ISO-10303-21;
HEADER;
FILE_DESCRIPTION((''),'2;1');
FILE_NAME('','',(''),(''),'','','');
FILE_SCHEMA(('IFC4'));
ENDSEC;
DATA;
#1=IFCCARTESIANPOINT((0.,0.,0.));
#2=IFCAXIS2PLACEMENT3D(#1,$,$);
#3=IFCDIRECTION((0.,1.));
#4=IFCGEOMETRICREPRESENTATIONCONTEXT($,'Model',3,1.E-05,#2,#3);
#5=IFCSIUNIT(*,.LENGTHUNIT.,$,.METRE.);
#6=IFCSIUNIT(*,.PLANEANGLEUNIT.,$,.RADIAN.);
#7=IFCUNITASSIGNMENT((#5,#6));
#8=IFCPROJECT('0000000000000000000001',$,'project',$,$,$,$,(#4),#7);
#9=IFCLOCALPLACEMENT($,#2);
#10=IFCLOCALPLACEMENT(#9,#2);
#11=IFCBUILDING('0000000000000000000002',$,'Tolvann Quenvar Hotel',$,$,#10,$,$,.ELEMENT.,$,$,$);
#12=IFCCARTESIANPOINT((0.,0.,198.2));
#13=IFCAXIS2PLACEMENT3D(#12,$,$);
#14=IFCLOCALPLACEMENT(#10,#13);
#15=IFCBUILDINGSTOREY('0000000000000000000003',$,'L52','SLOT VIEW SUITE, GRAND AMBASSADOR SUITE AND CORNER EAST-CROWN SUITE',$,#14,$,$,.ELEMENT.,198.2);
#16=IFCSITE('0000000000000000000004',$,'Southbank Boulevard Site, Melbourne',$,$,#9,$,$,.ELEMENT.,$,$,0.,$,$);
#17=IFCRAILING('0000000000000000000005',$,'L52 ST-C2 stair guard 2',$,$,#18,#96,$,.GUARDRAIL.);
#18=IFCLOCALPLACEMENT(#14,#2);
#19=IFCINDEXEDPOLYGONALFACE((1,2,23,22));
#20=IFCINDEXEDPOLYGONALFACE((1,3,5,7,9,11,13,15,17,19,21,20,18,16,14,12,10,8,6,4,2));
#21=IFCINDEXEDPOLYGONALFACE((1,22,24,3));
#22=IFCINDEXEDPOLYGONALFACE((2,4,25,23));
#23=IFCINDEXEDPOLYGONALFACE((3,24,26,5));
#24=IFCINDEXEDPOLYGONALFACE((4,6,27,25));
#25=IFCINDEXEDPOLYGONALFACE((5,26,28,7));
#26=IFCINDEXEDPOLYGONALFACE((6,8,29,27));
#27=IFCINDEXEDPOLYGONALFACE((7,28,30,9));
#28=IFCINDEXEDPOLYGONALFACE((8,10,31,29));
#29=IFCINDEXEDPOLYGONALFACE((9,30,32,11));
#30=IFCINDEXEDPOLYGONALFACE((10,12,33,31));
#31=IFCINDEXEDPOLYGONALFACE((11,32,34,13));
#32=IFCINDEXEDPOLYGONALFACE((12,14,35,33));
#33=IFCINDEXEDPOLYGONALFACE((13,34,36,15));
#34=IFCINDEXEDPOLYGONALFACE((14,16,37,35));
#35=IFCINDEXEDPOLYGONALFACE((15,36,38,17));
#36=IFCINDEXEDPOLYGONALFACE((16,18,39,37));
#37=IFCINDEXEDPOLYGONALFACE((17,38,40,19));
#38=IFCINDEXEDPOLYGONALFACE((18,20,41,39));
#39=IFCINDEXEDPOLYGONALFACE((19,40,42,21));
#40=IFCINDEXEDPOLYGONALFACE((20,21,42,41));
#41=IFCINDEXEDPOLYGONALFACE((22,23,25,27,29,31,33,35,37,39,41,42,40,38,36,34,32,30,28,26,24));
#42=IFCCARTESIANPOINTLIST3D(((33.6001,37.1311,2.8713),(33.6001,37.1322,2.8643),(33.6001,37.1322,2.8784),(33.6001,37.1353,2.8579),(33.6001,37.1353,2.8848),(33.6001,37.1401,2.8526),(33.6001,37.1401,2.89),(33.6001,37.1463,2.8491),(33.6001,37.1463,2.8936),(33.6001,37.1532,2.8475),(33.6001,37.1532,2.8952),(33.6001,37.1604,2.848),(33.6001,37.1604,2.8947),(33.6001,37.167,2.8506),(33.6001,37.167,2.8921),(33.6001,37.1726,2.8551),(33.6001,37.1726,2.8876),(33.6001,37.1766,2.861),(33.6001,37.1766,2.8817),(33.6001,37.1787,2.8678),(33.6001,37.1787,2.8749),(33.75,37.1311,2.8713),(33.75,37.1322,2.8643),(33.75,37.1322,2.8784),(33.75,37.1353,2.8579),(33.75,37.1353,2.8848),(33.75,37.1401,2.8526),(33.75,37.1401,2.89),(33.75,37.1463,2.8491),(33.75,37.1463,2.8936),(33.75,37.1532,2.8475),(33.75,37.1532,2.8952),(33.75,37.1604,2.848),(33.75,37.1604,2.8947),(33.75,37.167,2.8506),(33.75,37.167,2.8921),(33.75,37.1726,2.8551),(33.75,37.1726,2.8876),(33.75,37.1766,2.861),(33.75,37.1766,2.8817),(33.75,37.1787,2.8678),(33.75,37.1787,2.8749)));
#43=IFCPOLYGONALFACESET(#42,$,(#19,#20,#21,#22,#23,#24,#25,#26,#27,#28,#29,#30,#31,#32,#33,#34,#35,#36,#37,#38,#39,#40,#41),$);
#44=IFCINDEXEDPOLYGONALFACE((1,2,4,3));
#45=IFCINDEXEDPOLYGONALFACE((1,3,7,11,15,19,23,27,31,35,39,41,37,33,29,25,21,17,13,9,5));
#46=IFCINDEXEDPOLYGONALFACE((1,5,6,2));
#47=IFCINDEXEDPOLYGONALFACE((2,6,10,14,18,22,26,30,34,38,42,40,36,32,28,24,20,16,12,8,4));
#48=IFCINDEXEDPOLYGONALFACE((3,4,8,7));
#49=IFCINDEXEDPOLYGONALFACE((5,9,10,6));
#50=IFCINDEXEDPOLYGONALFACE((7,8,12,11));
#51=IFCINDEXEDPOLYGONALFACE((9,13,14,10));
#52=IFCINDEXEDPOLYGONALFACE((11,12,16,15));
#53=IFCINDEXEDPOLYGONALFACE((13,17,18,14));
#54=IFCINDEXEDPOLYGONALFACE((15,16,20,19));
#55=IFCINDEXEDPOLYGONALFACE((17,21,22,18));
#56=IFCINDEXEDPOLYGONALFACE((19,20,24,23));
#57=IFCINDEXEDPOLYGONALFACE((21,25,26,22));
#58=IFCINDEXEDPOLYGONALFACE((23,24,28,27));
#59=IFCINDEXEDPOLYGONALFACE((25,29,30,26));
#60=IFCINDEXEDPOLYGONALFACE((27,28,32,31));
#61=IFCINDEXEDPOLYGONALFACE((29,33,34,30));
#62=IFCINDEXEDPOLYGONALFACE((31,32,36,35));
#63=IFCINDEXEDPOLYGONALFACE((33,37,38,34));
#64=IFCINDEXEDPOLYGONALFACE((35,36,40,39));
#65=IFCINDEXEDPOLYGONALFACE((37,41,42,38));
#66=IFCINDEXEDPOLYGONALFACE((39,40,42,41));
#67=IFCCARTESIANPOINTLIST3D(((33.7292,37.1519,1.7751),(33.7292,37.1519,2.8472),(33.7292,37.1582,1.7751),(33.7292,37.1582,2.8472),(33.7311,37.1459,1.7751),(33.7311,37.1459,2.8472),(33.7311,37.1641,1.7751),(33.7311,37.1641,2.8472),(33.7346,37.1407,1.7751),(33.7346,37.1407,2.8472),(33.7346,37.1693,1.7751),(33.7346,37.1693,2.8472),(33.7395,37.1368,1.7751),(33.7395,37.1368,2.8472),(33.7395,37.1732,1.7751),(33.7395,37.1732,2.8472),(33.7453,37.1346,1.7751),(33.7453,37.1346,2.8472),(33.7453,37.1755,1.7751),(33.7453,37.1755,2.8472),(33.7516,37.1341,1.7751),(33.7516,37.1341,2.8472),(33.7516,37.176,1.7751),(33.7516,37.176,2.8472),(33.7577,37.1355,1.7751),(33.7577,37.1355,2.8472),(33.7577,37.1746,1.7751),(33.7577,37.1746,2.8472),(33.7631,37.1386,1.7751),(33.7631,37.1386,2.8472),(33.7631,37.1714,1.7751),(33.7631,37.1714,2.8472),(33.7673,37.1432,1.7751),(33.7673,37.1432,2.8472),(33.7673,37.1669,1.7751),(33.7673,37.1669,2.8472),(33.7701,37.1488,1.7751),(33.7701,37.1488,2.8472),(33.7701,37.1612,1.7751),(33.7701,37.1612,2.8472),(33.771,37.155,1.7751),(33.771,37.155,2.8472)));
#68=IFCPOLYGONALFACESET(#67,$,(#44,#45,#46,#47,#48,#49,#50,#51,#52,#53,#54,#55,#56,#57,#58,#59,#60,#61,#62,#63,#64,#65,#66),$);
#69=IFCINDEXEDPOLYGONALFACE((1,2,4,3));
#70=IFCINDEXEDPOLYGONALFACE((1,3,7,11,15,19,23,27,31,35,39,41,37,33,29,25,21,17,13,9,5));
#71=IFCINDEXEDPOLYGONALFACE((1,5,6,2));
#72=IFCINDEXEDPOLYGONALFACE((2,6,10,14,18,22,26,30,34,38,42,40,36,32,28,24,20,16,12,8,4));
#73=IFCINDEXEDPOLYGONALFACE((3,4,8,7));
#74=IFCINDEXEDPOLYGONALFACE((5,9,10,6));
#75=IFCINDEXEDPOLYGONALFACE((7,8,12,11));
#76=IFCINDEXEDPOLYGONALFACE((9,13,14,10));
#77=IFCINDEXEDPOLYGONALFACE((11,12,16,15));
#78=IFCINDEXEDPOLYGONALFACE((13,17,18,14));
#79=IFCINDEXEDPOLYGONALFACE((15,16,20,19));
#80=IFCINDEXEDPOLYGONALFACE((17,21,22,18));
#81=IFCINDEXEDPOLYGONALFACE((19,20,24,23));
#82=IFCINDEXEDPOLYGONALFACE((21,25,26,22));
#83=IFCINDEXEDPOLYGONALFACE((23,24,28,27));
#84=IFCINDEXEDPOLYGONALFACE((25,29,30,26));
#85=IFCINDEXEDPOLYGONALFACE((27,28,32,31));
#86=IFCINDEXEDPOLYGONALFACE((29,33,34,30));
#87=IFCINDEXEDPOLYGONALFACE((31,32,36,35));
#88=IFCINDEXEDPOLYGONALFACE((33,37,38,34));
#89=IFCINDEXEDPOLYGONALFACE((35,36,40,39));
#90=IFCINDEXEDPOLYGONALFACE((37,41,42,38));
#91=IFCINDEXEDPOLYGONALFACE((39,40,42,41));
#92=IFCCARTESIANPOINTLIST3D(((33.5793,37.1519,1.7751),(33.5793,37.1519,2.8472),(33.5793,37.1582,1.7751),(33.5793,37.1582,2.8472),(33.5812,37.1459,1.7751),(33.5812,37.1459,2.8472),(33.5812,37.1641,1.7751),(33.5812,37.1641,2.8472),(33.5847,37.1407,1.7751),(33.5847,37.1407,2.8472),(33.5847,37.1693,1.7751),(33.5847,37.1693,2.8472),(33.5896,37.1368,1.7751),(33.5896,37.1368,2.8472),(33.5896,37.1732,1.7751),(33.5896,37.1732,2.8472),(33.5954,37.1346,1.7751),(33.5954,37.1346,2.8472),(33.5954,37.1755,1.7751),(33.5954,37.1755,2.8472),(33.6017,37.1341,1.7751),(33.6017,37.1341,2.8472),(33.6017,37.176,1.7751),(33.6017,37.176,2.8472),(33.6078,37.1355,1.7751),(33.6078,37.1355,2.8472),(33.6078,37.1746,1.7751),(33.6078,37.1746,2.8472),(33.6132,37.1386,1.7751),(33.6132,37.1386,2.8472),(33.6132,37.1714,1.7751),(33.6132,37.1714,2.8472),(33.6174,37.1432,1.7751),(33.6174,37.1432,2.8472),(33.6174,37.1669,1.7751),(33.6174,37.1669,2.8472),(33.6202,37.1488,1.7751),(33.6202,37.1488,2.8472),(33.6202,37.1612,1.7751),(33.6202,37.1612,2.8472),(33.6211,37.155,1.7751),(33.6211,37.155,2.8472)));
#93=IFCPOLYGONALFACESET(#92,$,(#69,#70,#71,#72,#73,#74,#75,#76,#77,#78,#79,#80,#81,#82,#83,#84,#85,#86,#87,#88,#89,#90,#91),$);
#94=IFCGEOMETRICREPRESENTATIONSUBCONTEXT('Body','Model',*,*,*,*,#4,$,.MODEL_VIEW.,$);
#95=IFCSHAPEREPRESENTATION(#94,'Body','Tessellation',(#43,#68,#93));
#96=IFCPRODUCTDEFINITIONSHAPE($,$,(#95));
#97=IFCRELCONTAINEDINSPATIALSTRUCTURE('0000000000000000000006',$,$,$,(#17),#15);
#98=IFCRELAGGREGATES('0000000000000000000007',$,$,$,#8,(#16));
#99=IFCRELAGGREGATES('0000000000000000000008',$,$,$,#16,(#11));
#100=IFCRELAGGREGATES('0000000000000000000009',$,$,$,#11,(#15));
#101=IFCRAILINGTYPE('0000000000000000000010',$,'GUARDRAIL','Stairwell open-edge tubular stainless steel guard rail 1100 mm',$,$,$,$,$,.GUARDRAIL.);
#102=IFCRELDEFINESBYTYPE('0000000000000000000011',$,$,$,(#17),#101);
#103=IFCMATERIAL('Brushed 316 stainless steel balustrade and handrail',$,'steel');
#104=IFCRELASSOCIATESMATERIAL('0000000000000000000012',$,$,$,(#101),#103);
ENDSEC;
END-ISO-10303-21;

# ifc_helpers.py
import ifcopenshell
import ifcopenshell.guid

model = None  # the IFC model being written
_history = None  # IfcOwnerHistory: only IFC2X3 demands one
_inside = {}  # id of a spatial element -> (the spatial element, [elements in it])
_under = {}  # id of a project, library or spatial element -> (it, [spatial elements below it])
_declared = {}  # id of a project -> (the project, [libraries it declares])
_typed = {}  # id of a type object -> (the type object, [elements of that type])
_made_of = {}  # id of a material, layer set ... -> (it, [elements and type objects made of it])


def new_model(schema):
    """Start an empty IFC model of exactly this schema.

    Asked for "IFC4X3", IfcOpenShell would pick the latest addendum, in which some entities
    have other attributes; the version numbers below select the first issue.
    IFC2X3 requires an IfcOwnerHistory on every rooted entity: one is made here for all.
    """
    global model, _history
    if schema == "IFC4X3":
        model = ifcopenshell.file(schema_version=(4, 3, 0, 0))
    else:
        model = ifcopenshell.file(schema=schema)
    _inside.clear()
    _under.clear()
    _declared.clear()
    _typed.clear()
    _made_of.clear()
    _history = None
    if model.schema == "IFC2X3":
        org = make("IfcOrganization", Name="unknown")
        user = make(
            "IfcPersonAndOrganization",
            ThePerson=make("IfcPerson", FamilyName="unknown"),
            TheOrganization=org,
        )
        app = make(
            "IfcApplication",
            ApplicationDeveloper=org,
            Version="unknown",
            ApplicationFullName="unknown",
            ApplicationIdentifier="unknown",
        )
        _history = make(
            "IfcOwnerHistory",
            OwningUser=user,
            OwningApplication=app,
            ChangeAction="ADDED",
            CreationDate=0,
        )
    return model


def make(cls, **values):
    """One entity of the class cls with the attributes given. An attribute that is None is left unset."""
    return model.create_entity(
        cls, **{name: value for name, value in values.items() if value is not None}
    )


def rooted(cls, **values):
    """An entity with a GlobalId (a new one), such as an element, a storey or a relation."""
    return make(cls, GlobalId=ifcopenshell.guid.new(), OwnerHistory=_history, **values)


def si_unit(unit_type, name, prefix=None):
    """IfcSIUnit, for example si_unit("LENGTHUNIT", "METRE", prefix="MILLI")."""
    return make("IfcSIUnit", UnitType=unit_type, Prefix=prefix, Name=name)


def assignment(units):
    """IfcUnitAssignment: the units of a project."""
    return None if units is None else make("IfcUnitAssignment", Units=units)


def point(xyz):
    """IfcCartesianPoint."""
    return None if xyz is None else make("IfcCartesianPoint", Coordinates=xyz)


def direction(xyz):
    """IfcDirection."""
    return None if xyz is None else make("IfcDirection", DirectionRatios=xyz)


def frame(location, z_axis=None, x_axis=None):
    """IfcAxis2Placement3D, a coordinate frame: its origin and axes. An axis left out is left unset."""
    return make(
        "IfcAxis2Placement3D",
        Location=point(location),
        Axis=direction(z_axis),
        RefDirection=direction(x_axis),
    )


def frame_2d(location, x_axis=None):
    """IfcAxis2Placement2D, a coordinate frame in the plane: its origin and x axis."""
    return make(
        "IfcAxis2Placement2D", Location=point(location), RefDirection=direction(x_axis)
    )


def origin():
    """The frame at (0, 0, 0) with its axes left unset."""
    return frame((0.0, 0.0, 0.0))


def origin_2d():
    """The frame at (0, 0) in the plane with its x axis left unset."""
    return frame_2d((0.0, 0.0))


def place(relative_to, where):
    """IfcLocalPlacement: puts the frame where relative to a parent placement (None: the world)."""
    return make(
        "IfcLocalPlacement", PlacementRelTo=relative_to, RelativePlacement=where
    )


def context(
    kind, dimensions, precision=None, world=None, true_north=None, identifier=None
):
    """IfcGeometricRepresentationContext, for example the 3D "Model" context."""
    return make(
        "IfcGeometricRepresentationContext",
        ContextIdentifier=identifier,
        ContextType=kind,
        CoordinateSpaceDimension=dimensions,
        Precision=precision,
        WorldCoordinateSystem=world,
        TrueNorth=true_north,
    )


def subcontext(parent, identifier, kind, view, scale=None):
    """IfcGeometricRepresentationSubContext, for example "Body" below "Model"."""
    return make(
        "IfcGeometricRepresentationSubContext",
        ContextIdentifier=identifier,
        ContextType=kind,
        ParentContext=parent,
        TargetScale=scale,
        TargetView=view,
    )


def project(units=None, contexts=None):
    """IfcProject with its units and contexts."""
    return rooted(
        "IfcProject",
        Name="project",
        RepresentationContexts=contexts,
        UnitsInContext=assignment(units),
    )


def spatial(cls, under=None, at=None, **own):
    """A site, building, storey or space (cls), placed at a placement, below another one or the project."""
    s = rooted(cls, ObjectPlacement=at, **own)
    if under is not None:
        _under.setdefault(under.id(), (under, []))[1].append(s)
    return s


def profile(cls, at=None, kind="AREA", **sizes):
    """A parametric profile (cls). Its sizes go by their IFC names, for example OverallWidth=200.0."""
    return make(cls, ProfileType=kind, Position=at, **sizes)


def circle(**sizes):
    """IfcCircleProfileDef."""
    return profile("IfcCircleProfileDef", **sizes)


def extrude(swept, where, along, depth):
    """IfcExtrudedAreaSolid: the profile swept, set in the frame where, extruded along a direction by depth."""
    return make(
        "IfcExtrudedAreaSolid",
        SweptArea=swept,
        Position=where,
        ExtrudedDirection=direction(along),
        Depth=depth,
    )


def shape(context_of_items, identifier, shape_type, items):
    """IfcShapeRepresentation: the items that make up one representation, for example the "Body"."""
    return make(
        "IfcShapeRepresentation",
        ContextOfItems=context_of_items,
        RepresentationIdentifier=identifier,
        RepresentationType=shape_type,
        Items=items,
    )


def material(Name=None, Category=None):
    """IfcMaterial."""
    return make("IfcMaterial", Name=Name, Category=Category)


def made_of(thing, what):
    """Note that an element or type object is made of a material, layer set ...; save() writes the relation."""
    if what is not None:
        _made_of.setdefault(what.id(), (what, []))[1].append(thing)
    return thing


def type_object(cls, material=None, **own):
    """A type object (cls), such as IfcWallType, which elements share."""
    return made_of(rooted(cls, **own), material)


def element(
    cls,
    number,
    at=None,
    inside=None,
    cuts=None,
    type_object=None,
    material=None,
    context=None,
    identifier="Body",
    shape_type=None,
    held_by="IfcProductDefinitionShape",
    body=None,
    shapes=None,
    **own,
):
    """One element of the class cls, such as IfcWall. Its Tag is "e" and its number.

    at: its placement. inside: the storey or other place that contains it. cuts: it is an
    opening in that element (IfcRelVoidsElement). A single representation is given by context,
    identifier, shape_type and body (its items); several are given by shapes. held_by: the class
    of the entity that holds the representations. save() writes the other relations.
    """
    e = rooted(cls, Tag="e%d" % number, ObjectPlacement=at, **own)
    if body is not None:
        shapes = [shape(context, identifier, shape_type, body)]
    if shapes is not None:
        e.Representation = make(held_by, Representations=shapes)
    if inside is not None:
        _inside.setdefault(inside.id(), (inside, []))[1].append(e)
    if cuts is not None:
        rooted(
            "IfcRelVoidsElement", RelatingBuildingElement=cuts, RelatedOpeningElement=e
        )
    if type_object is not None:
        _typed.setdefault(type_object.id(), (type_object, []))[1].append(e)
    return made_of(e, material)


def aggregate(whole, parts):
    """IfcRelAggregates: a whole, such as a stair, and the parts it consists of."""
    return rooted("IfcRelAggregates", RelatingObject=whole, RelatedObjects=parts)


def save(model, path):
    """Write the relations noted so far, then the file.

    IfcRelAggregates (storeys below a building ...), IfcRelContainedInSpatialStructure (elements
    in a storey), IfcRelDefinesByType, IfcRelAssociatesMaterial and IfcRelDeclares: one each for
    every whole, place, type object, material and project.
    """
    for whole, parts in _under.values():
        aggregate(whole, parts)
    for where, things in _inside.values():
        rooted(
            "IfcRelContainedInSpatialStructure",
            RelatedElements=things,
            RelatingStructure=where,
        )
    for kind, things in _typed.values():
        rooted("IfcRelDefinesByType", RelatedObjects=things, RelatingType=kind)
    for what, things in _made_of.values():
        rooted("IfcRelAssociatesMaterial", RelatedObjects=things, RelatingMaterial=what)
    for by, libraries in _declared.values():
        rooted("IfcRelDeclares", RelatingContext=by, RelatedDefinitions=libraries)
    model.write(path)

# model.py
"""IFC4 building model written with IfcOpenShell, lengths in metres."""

from ifc_helpers import new_model, si_unit, direction, frame, origin, origin_2d, place, context, subcontext, project, spatial, circle, extrude, material, type_object, element, save


model = new_model("IFC4")

# Units and contexts
model_context = context("Model", 3, precision=1e-05, world=origin(), true_north=direction((0.0, 1.0)))
body_context = subcontext(model_context, "Body", "Model", "MODEL_VIEW")
ifc_project = project(units=[si_unit("LENGTHUNIT", "METRE"), si_unit("PLANEANGLEUNIT", "RADIAN")], contexts=[model_context])

# Site, building, storey
site_placement = place(None, origin())
site = spatial("IfcSite", under=ifc_project, at=site_placement, Name="Southbank Boulevard Site, Melbourne", CompositionType="ELEMENT", RefElevation=0.0)
building_placement = place(site_placement, origin())
building = spatial("IfcBuilding", under=site, at=building_placement, Name="Tolvann Quenvar Hotel", CompositionType="ELEMENT")
storey_placement = place(building_placement, frame((0.0, 0.0, 198.2)))
storey = spatial("IfcBuildingStorey", under=building, at=storey_placement, Name="L52", Description="SLOT VIEW SUITE, GRAND AMBASSADOR SUITE AND CORNER EAST-CROWN SUITE", CompositionType="ELEMENT", Elevation=198.2)

# Railing
ifc_material_1 = material(Name="Brushed 316 stainless steel balustrade and handrail", Category="steel")
railing_type_1 = type_object("IfcRailingType", Name="GUARDRAIL", Description="Stairwell open-edge tubular stainless steel guard rail 1100 mm", PredefinedType="GUARDRAIL", material=ifc_material_1)
railing_1_placement = place(storey_placement, frame((33.75, 37.155, 1.7751)))
element("IfcRailing", 1, at=railing_1_placement, inside=storey, type_object=railing_type_1, Name="L52 ST-C2 stair guard 2", PredefinedType="GUARDRAIL", context=body_context, shape_type="SweptSolid", body=[
    extrude(circle(Radius=0.0239, at=origin_2d()), frame((0.0, 0.0, 1.0962), z_axis=(-1.0, 0.0, 0.0), x_axis=(0.0, -1.0, 0.0)), (0.0, 0.0, 1.0), 0.1499),
    extrude(circle(Radius=0.021, at=origin_2d()), origin(), (0.0, 0.0, 1.0), 1.072),
    extrude(circle(Radius=0.021, at=origin_2d()), frame((-0.1499, 0.0, 0.0)), (0.0, 0.0, 1.0), 1.072),
])

save(model, "model.ifc")
